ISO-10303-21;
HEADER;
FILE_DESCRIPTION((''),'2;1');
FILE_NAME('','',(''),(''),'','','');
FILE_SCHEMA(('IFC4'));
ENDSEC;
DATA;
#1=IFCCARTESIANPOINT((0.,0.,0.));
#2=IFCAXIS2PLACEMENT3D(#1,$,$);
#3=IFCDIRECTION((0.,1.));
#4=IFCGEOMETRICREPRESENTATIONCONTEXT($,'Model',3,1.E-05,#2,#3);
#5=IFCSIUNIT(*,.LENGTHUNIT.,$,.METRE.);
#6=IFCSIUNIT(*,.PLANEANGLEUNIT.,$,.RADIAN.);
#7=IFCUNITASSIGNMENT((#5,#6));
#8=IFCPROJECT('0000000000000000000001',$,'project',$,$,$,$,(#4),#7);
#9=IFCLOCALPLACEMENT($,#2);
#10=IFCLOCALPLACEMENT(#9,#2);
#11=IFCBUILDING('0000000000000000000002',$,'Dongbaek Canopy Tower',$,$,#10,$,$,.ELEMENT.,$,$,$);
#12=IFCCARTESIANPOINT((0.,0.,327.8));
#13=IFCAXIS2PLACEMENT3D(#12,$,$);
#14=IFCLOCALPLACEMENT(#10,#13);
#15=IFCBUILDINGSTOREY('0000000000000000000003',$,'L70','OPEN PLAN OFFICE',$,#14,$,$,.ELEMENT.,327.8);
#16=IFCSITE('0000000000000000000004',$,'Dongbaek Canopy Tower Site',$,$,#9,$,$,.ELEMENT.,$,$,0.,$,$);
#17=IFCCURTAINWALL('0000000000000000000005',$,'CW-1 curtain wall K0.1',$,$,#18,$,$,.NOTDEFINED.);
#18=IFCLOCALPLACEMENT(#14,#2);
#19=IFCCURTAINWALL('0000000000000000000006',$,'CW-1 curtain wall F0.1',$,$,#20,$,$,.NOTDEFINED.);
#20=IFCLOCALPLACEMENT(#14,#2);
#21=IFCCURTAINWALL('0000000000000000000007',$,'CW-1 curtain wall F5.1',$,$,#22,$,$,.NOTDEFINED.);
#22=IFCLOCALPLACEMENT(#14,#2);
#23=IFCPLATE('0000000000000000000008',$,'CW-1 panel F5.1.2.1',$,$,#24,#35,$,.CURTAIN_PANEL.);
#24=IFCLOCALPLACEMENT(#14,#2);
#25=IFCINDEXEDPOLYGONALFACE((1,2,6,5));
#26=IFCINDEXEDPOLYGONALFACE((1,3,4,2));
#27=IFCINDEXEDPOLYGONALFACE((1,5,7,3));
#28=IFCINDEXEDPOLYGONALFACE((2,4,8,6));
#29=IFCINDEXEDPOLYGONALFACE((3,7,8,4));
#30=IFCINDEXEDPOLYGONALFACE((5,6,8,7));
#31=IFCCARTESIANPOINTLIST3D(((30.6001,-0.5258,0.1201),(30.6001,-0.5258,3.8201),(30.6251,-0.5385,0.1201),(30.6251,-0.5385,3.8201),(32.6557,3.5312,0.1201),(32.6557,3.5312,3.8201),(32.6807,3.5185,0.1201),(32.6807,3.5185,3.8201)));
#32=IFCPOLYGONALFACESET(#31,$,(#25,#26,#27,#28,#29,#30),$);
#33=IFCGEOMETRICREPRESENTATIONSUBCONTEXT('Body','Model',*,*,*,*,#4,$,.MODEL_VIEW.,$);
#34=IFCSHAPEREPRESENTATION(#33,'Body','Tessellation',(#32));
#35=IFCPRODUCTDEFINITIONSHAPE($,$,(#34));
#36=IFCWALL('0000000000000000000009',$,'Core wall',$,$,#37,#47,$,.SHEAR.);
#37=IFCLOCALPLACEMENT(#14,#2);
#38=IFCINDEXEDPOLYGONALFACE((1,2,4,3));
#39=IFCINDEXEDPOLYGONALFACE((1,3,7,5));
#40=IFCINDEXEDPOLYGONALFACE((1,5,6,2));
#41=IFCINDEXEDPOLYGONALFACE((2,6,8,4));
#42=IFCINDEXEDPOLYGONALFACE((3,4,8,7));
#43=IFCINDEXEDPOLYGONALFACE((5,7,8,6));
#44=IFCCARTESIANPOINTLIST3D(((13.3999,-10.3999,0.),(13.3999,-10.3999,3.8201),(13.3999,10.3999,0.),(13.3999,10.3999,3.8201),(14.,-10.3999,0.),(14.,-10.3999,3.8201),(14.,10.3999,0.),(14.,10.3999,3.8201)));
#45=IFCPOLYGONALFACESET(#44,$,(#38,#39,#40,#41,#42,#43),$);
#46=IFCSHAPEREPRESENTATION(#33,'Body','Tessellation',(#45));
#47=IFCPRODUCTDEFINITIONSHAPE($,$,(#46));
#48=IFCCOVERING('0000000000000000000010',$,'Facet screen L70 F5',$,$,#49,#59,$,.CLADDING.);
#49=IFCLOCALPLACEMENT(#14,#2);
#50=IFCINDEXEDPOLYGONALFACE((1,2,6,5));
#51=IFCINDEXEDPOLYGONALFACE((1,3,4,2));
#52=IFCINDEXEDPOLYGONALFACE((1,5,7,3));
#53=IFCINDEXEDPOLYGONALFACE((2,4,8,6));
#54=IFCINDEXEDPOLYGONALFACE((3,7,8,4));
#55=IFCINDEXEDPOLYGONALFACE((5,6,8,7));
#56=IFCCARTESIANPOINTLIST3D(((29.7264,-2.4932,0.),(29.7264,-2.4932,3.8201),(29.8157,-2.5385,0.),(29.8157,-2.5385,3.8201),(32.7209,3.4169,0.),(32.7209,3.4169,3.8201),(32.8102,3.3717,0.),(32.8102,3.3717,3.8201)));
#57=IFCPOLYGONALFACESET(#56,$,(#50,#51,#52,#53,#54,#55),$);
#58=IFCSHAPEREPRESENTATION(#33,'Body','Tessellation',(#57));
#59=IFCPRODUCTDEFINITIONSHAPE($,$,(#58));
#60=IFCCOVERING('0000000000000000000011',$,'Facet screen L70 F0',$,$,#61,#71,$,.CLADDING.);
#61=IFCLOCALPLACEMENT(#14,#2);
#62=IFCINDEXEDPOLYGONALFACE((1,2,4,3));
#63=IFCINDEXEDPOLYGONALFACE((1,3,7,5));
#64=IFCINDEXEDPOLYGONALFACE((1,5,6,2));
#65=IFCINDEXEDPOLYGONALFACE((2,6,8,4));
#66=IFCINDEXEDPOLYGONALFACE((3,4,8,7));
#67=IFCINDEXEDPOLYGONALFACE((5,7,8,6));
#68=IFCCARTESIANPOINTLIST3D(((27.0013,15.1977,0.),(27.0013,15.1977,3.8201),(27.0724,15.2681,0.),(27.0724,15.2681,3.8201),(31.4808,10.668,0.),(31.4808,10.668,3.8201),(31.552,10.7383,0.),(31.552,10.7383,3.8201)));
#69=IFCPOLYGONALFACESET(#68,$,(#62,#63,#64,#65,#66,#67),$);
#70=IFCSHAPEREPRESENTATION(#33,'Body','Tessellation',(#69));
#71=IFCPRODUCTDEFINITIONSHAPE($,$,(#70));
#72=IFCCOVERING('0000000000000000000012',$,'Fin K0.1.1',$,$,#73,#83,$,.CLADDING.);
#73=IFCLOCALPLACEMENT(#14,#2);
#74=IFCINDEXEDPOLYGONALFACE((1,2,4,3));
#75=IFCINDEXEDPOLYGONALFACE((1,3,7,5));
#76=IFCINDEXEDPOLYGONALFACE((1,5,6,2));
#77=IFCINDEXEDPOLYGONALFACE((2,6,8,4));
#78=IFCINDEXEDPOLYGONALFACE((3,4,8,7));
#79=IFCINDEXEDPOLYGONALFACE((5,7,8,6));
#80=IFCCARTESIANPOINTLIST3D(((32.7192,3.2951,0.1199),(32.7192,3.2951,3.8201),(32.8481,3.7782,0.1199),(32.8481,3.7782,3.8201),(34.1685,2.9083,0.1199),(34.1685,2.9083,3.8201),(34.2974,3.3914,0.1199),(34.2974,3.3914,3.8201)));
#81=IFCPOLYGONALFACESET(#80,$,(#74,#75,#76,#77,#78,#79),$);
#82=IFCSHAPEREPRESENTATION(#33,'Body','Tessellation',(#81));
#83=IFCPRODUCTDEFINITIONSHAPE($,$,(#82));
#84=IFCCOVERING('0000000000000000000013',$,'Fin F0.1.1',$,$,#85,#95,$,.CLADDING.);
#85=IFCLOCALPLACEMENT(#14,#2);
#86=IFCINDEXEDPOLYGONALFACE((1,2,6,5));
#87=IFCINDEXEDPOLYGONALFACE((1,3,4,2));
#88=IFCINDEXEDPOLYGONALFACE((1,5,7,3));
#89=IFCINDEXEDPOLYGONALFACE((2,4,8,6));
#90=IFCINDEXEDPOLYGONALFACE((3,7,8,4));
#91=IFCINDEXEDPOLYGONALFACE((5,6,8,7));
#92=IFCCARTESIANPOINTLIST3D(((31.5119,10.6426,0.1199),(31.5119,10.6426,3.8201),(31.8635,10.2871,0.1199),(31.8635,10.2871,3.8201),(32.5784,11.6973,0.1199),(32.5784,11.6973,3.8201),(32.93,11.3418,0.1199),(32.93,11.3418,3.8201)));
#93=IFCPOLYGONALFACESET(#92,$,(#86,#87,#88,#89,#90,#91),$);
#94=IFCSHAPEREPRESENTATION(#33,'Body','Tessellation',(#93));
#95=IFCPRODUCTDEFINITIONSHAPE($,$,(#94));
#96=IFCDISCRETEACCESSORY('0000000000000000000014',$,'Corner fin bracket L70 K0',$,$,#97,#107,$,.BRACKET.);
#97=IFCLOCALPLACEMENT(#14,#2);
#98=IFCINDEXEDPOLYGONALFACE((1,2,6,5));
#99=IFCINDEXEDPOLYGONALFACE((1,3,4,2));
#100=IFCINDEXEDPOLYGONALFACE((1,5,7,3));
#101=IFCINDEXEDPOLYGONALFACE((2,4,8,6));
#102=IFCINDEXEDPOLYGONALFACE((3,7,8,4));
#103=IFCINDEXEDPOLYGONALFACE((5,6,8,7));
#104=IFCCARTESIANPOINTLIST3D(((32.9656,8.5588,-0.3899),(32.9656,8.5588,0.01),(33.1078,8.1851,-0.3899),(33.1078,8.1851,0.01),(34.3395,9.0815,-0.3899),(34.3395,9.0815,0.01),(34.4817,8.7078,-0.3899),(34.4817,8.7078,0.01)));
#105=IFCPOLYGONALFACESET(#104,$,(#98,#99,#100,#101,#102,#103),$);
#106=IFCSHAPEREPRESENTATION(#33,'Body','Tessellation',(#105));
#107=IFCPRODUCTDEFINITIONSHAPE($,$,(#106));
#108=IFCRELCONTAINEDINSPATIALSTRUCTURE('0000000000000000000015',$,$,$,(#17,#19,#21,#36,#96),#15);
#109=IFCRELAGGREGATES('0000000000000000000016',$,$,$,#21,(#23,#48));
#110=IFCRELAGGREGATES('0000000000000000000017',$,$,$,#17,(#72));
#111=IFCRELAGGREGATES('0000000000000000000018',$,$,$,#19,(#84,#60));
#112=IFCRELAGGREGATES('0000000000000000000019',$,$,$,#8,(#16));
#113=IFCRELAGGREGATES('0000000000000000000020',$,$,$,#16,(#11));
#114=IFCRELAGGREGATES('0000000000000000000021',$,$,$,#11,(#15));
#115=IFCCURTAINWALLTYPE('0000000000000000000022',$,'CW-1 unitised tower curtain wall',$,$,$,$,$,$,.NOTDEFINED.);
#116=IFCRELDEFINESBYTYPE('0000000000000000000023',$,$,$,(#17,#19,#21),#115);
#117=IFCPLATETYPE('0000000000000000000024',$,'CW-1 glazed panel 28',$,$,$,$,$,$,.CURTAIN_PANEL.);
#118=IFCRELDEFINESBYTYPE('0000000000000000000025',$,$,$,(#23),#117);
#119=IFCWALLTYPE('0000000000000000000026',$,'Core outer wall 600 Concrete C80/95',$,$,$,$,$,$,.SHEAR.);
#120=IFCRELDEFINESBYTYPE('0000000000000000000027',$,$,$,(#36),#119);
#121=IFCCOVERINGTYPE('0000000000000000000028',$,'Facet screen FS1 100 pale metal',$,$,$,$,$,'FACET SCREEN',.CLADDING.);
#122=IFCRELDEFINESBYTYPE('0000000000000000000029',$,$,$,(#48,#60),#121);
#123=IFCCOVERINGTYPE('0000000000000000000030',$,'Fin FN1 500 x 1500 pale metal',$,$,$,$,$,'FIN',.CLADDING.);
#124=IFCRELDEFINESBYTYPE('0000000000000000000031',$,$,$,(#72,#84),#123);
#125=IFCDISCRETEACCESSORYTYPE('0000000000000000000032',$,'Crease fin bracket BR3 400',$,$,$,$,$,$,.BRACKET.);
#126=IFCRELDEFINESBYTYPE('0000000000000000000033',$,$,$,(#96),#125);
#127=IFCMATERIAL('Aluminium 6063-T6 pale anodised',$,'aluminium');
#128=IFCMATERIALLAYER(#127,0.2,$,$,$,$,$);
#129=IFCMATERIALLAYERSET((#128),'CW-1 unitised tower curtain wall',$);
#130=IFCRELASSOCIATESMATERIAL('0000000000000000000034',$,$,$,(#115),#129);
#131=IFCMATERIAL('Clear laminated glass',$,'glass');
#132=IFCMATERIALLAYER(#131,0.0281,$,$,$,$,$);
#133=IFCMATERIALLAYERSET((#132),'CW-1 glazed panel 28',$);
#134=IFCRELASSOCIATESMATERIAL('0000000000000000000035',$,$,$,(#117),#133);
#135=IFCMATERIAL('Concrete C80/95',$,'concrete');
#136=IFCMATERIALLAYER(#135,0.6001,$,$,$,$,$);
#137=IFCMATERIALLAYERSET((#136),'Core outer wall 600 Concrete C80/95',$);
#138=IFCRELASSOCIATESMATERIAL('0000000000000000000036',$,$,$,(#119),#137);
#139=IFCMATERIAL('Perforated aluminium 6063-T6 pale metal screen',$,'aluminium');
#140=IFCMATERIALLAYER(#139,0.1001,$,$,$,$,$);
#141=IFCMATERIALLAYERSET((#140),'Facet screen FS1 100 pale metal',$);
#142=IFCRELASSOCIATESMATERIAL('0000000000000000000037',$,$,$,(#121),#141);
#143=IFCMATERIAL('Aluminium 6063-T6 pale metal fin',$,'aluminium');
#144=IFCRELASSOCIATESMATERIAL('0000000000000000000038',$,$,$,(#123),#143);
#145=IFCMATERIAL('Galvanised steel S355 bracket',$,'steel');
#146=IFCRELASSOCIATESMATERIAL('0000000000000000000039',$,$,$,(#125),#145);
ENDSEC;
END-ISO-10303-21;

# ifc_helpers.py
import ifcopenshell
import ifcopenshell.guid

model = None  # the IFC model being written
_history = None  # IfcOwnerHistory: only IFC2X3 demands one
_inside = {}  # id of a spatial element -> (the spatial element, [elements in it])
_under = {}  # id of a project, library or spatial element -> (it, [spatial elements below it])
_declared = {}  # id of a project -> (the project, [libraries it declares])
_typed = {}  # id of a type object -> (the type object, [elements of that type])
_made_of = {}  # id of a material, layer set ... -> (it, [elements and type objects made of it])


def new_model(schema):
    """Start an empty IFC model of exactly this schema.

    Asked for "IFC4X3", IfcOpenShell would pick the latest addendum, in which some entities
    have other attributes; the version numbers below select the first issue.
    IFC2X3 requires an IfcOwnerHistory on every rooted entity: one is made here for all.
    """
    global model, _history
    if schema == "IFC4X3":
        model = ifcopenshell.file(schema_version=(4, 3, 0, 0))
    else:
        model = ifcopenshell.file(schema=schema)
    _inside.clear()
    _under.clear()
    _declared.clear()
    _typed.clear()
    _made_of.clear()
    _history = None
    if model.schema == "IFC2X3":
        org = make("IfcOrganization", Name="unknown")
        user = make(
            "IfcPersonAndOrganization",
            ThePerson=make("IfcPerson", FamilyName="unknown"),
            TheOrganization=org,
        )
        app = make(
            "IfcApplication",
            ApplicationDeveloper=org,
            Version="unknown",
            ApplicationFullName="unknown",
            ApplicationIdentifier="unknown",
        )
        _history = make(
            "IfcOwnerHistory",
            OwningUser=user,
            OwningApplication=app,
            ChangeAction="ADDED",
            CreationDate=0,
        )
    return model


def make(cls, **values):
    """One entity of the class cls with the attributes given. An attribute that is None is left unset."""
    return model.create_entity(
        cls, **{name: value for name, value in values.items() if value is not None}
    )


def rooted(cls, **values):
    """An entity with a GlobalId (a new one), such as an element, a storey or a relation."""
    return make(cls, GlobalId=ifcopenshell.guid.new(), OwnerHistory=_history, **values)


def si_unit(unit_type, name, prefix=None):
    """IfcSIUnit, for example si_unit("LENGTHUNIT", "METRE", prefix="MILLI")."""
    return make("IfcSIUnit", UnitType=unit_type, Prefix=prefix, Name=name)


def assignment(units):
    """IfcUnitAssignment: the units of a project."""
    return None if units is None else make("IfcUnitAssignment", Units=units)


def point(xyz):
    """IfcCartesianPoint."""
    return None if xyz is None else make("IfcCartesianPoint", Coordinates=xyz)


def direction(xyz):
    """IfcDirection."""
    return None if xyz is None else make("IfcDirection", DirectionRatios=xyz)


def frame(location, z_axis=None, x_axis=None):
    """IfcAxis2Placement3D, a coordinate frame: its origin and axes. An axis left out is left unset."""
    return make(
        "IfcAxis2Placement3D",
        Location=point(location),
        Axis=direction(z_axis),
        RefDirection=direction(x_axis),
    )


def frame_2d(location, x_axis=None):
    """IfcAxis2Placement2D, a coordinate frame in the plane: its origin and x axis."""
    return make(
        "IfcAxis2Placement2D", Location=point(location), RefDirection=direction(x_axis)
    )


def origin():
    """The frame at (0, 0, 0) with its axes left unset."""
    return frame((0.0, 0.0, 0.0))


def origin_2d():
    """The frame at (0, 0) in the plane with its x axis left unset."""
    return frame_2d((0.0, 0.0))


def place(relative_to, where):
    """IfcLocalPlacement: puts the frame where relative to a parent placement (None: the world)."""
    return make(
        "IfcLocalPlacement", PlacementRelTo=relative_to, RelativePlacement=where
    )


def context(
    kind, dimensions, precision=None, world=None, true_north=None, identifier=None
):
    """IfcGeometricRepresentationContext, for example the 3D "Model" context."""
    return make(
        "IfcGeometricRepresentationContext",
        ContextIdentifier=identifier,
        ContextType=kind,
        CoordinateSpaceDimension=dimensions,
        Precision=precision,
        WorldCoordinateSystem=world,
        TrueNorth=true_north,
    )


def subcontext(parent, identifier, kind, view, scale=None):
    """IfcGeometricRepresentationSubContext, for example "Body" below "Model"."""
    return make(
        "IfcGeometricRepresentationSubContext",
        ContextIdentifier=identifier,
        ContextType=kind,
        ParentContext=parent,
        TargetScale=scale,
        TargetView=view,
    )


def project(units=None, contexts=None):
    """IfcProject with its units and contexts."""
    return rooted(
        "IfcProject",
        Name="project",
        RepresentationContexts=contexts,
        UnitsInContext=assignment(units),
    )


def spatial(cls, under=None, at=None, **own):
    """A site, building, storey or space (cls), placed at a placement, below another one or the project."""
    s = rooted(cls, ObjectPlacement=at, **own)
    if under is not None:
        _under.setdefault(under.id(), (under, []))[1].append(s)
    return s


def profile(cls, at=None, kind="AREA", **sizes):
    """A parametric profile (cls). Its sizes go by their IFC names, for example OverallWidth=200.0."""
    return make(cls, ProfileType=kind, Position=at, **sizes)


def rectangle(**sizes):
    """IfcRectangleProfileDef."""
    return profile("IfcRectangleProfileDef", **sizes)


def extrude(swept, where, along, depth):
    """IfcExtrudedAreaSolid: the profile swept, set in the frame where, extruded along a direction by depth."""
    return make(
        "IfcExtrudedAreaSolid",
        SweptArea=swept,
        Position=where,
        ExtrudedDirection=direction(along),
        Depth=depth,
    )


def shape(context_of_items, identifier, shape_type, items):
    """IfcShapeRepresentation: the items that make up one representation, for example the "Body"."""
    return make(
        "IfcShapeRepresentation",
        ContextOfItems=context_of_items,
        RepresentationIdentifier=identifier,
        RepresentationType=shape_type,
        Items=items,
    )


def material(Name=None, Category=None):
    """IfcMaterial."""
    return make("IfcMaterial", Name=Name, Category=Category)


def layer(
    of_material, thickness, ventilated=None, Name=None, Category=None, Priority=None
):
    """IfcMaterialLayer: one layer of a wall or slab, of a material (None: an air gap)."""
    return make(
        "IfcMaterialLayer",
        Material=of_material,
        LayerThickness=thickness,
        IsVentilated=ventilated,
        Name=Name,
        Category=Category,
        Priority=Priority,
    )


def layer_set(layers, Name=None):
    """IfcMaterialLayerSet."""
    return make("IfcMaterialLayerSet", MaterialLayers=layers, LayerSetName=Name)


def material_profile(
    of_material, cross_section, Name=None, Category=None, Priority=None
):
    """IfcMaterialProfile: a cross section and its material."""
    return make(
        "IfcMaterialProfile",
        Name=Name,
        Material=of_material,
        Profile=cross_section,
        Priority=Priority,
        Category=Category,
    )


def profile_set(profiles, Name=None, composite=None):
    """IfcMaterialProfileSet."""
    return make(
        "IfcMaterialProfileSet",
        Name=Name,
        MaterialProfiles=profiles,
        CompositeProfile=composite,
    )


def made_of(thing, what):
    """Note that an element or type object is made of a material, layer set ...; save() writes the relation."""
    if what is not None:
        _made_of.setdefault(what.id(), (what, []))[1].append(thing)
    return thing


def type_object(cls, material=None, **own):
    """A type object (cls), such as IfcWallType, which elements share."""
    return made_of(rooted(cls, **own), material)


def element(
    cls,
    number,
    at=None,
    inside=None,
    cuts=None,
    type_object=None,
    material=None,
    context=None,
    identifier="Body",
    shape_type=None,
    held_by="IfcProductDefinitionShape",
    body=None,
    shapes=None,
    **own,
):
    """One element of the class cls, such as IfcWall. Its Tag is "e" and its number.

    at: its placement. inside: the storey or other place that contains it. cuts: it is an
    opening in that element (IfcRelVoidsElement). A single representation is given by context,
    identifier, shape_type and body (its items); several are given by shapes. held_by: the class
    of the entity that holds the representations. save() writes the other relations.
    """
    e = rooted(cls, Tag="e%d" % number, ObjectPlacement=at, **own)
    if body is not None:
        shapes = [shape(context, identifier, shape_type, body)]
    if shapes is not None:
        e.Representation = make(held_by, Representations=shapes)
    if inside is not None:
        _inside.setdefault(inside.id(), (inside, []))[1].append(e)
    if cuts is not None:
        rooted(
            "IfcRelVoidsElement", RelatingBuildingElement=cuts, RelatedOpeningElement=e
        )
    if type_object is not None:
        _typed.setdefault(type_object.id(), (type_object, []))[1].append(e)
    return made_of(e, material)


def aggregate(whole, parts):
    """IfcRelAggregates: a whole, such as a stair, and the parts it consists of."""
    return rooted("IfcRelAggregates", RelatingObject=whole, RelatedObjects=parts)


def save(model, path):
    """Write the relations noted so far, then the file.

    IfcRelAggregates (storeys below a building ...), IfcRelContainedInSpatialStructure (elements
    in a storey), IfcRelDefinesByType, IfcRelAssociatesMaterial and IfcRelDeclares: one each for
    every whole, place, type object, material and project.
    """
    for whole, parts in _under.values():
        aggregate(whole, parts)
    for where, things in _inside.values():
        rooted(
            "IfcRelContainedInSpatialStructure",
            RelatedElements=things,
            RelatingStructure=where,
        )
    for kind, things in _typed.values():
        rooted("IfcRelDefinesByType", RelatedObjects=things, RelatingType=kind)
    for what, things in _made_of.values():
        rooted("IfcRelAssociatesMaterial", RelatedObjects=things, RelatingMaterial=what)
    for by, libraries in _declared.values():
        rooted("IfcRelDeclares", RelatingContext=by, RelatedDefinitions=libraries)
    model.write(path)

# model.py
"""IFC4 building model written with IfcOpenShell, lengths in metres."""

from ifc_helpers import new_model, si_unit, direction, frame, frame_2d, origin, origin_2d, place, context, subcontext, project, spatial, rectangle, extrude, material, layer, layer_set, material_profile, profile_set, type_object, element, aggregate, save


model = new_model("IFC4")

# Units and contexts
model_context = context("Model", 3, precision=1e-05, world=origin(), true_north=direction((0.0, 1.0)))
body_context = subcontext(model_context, "Body", "Model", "MODEL_VIEW")
ifc_project = project(units=[si_unit("LENGTHUNIT", "METRE"), si_unit("PLANEANGLEUNIT", "RADIAN")], contexts=[model_context])

# Site, building, storey
site_placement = place(None, origin())
site = spatial("IfcSite", under=ifc_project, at=site_placement, Name="Dongbaek Canopy Tower Site", CompositionType="ELEMENT", RefElevation=0.0)
building_placement = place(site_placement, origin())
building = spatial("IfcBuilding", under=site, at=building_placement, Name="Dongbaek Canopy Tower", CompositionType="ELEMENT")
storey_placement = place(building_placement, frame((0.0, 0.0, 327.8)))
storey = spatial("IfcBuildingStorey", under=building, at=storey_placement, Name="L70", Description="OPEN PLAN OFFICE", CompositionType="ELEMENT", Elevation=327.8)

# Curtain walls
ifc_material_1 = material(Name="Aluminium 6063-T6 pale anodised", Category="aluminium")
ifc_layer_1 = layer(ifc_material_1, 0.2)
ifc_layer_set_1 = layer_set([ifc_layer_1], Name="CW-1 unitised tower curtain wall")
curtain_wall_type = type_object("IfcCurtainWallType", Name="CW-1 unitised tower curtain wall", PredefinedType="NOTDEFINED", material=ifc_layer_set_1)
curtain_wall_1_placement = place(storey_placement, origin())
curtain_wall_1 = element("IfcCurtainWall", 1, at=curtain_wall_1_placement, inside=storey, type_object=curtain_wall_type, Name="CW-1 curtain wall K0.1", PredefinedType="NOTDEFINED")
curtain_wall_2_placement = place(storey_placement, origin())
curtain_wall_2 = element("IfcCurtainWall", 2, at=curtain_wall_2_placement, inside=storey, type_object=curtain_wall_type, Name="CW-1 curtain wall F0.1", PredefinedType="NOTDEFINED")

# Shared definitions
ifc_material_2 = material(Name="Clear laminated glass", Category="glass")
ifc_layer_2 = layer(ifc_material_2, 0.0281)
ifc_layer_set_2 = layer_set([ifc_layer_2], Name="CW-1 glazed panel 28")
plate_type = type_object("IfcPlateType", Name="CW-1 glazed panel 28", PredefinedType="CURTAIN_PANEL", material=ifc_layer_set_2)

# Curtain wall, plate
curtain_wall_3_placement = place(storey_placement, origin())
curtain_wall_3 = element("IfcCurtainWall", 3, at=curtain_wall_3_placement, inside=storey, type_object=curtain_wall_type, Name="CW-1 curtain wall F5.1", PredefinedType="NOTDEFINED")
plate_1_placement = place(storey_placement, frame((31.6404, 1.4963, 0.1201), z_axis=(0.0, 0.0, 1.0), x_axis=(0.45197, 0.892033, 0.0)))
plate_1 = element("IfcPlate", 4, at=plate_1_placement, type_object=plate_type, Name="CW-1 panel F5.1.2.1", PredefinedType="CURTAIN_PANEL", context=body_context, shape_type="SweptSolid", body=[
    extrude(rectangle(XDim=4.5481, YDim=0.0281, at=origin_2d()), origin(), (0.0, 0.0, 1.0), 3.7),
])

# Wall
ifc_material_3 = material(Name="Concrete C80/95", Category="concrete")
ifc_layer_3 = layer(ifc_material_3, 0.6001)
ifc_layer_set_3 = layer_set([ifc_layer_3], Name="Core outer wall 600 Concrete C80/95")
wall_type = type_object("IfcWallType", Name="Core outer wall 600 Concrete C80/95", PredefinedType="SHEAR", material=ifc_layer_set_3)
wall_placement = place(storey_placement, frame((13.7, 10.3999, 0.0), z_axis=(0.0, 0.0, 1.0), x_axis=(0.0, -1.0, 0.0)))
element("IfcWall", 5, at=wall_placement, inside=storey, type_object=wall_type, Name="Core wall", PredefinedType="SHEAR", context=body_context, shape_type="SweptSolid", body=[
    extrude(rectangle(XDim=20.7998, YDim=0.6001, at=frame_2d((10.3999, 0.0))), origin(), (0.0, 0.0, 1.0), 3.8201),
])

# Coverings
ifc_material_4 = material(Name="Perforated aluminium 6063-T6 pale metal screen", Category="aluminium")
ifc_layer_4 = layer(ifc_material_4, 0.1001)
ifc_layer_set_4 = layer_set([ifc_layer_4], Name="Facet screen FS1 100 pale metal")
covering_type_1 = type_object("IfcCoveringType", Name="Facet screen FS1 100 pale metal", ElementType="FACET SCREEN", PredefinedType="CLADDING", material=ifc_layer_set_4)
covering_1_placement = place(storey_placement, frame((31.2683, 0.4392, 0.0), z_axis=(0.0, 0.0, 1.0), x_axis=(0.451969, 0.892034, 0.0)))
covering_1 = element("IfcCovering", 6, at=covering_1_placement, type_object=covering_type_1, Name="Facet screen L70 F5", PredefinedType="CLADDING", context=body_context, shape_type="SweptSolid", body=[
    extrude(rectangle(XDim=6.6255, YDim=0.1001, at=origin_2d()), origin(), (0.0, 0.0, 1.0), 3.8201),
])
aggregate(curtain_wall_3, [plate_1, covering_1])
covering_2_placement = place(storey_placement, frame((29.2766, 12.968, 0.0), z_axis=(0.0, 0.0, 1.0), x_axis=(-0.703156, 0.711035, 0.0)))
covering_2 = element("IfcCovering", 7, at=covering_2_placement, type_object=covering_type_1, Name="Facet screen L70 F0", PredefinedType="CLADDING", context=body_context, shape_type="SweptSolid", body=[
    extrude(rectangle(XDim=6.3706, YDim=0.1001, at=origin_2d()), origin(), (0.0, 0.0, 1.0), 3.8201),
])
ifc_material_5 = material(Name="Aluminium 6063-T6 pale metal fin", Category="aluminium")
ifc_material_profile_1 = material_profile(ifc_material_5, rectangle(XDim=1.5, YDim=0.5, at=origin_2d()), Name="Fin FN1 500 x 1500 pale metal")
ifc_profile_set_1 = profile_set([ifc_material_profile_1], Name="Aluminium 6063-T6 pale metal fin")
covering_type_2 = type_object("IfcCoveringType", Name="Fin FN1 500 x 1500 pale metal", ElementType="FIN", PredefinedType="CLADDING", material=ifc_profile_set_1)
covering_3_placement = place(storey_placement, frame((33.5083, 3.3433, 0.1199), z_axis=(0.0, 0.0, 1.0), x_axis=(0.966174, -0.257892, 0.0)))
covering_3 = element("IfcCovering", 8, at=covering_3_placement, type_object=covering_type_2, Name="Fin K0.1.1", PredefinedType="CLADDING", context=body_context, shape_type="SweptSolid", body=[
    extrude(rectangle(XDim=1.5, YDim=0.5, at=origin_2d()), origin(), (0.0, 0.0, 1.0), 3.7002),
])
aggregate(curtain_wall_1, [covering_3])
covering_4_placement = place(storey_placement, frame((32.2209, 10.9922, 0.1199), z_axis=(0.0, 0.0, 1.0), x_axis=(0.711035, 0.703156, 0.0)))
covering_4 = element("IfcCovering", 9, at=covering_4_placement, type_object=covering_type_2, Name="Fin F0.1.1", PredefinedType="CLADDING", context=body_context, shape_type="SweptSolid", body=[
    extrude(rectangle(XDim=1.5, YDim=0.5, at=origin_2d()), origin(), (0.0, 0.0, 1.0), 3.7002),
])
aggregate(curtain_wall_2, [covering_4, covering_2])

# Discrete accessory
ifc_material_6 = material(Name="Galvanised steel S355 bracket", Category="steel")
discrete_accessory_type = type_object("IfcDiscreteAccessoryType", Name="Crease fin bracket BR3 400", PredefinedType="BRACKET", material=ifc_material_6)
discrete_accessory_placement = place(storey_placement, frame((33.7236, 8.6333, -0.3899), z_axis=(0.0, 0.0, 1.0), x_axis=(0.934637, 0.355605, 0.0)))
element("IfcDiscreteAccessory", 10, at=discrete_accessory_placement, inside=storey, type_object=discrete_accessory_type, Name="Corner fin bracket L70 K0", PredefinedType="BRACKET", context=body_context, shape_type="SweptSolid", body=[
    extrude(rectangle(XDim=1.47, YDim=0.3999, at=origin_2d()), origin(), (0.0, 0.0, 1.0), 0.3999),
])

save(model, "model.ifc")
